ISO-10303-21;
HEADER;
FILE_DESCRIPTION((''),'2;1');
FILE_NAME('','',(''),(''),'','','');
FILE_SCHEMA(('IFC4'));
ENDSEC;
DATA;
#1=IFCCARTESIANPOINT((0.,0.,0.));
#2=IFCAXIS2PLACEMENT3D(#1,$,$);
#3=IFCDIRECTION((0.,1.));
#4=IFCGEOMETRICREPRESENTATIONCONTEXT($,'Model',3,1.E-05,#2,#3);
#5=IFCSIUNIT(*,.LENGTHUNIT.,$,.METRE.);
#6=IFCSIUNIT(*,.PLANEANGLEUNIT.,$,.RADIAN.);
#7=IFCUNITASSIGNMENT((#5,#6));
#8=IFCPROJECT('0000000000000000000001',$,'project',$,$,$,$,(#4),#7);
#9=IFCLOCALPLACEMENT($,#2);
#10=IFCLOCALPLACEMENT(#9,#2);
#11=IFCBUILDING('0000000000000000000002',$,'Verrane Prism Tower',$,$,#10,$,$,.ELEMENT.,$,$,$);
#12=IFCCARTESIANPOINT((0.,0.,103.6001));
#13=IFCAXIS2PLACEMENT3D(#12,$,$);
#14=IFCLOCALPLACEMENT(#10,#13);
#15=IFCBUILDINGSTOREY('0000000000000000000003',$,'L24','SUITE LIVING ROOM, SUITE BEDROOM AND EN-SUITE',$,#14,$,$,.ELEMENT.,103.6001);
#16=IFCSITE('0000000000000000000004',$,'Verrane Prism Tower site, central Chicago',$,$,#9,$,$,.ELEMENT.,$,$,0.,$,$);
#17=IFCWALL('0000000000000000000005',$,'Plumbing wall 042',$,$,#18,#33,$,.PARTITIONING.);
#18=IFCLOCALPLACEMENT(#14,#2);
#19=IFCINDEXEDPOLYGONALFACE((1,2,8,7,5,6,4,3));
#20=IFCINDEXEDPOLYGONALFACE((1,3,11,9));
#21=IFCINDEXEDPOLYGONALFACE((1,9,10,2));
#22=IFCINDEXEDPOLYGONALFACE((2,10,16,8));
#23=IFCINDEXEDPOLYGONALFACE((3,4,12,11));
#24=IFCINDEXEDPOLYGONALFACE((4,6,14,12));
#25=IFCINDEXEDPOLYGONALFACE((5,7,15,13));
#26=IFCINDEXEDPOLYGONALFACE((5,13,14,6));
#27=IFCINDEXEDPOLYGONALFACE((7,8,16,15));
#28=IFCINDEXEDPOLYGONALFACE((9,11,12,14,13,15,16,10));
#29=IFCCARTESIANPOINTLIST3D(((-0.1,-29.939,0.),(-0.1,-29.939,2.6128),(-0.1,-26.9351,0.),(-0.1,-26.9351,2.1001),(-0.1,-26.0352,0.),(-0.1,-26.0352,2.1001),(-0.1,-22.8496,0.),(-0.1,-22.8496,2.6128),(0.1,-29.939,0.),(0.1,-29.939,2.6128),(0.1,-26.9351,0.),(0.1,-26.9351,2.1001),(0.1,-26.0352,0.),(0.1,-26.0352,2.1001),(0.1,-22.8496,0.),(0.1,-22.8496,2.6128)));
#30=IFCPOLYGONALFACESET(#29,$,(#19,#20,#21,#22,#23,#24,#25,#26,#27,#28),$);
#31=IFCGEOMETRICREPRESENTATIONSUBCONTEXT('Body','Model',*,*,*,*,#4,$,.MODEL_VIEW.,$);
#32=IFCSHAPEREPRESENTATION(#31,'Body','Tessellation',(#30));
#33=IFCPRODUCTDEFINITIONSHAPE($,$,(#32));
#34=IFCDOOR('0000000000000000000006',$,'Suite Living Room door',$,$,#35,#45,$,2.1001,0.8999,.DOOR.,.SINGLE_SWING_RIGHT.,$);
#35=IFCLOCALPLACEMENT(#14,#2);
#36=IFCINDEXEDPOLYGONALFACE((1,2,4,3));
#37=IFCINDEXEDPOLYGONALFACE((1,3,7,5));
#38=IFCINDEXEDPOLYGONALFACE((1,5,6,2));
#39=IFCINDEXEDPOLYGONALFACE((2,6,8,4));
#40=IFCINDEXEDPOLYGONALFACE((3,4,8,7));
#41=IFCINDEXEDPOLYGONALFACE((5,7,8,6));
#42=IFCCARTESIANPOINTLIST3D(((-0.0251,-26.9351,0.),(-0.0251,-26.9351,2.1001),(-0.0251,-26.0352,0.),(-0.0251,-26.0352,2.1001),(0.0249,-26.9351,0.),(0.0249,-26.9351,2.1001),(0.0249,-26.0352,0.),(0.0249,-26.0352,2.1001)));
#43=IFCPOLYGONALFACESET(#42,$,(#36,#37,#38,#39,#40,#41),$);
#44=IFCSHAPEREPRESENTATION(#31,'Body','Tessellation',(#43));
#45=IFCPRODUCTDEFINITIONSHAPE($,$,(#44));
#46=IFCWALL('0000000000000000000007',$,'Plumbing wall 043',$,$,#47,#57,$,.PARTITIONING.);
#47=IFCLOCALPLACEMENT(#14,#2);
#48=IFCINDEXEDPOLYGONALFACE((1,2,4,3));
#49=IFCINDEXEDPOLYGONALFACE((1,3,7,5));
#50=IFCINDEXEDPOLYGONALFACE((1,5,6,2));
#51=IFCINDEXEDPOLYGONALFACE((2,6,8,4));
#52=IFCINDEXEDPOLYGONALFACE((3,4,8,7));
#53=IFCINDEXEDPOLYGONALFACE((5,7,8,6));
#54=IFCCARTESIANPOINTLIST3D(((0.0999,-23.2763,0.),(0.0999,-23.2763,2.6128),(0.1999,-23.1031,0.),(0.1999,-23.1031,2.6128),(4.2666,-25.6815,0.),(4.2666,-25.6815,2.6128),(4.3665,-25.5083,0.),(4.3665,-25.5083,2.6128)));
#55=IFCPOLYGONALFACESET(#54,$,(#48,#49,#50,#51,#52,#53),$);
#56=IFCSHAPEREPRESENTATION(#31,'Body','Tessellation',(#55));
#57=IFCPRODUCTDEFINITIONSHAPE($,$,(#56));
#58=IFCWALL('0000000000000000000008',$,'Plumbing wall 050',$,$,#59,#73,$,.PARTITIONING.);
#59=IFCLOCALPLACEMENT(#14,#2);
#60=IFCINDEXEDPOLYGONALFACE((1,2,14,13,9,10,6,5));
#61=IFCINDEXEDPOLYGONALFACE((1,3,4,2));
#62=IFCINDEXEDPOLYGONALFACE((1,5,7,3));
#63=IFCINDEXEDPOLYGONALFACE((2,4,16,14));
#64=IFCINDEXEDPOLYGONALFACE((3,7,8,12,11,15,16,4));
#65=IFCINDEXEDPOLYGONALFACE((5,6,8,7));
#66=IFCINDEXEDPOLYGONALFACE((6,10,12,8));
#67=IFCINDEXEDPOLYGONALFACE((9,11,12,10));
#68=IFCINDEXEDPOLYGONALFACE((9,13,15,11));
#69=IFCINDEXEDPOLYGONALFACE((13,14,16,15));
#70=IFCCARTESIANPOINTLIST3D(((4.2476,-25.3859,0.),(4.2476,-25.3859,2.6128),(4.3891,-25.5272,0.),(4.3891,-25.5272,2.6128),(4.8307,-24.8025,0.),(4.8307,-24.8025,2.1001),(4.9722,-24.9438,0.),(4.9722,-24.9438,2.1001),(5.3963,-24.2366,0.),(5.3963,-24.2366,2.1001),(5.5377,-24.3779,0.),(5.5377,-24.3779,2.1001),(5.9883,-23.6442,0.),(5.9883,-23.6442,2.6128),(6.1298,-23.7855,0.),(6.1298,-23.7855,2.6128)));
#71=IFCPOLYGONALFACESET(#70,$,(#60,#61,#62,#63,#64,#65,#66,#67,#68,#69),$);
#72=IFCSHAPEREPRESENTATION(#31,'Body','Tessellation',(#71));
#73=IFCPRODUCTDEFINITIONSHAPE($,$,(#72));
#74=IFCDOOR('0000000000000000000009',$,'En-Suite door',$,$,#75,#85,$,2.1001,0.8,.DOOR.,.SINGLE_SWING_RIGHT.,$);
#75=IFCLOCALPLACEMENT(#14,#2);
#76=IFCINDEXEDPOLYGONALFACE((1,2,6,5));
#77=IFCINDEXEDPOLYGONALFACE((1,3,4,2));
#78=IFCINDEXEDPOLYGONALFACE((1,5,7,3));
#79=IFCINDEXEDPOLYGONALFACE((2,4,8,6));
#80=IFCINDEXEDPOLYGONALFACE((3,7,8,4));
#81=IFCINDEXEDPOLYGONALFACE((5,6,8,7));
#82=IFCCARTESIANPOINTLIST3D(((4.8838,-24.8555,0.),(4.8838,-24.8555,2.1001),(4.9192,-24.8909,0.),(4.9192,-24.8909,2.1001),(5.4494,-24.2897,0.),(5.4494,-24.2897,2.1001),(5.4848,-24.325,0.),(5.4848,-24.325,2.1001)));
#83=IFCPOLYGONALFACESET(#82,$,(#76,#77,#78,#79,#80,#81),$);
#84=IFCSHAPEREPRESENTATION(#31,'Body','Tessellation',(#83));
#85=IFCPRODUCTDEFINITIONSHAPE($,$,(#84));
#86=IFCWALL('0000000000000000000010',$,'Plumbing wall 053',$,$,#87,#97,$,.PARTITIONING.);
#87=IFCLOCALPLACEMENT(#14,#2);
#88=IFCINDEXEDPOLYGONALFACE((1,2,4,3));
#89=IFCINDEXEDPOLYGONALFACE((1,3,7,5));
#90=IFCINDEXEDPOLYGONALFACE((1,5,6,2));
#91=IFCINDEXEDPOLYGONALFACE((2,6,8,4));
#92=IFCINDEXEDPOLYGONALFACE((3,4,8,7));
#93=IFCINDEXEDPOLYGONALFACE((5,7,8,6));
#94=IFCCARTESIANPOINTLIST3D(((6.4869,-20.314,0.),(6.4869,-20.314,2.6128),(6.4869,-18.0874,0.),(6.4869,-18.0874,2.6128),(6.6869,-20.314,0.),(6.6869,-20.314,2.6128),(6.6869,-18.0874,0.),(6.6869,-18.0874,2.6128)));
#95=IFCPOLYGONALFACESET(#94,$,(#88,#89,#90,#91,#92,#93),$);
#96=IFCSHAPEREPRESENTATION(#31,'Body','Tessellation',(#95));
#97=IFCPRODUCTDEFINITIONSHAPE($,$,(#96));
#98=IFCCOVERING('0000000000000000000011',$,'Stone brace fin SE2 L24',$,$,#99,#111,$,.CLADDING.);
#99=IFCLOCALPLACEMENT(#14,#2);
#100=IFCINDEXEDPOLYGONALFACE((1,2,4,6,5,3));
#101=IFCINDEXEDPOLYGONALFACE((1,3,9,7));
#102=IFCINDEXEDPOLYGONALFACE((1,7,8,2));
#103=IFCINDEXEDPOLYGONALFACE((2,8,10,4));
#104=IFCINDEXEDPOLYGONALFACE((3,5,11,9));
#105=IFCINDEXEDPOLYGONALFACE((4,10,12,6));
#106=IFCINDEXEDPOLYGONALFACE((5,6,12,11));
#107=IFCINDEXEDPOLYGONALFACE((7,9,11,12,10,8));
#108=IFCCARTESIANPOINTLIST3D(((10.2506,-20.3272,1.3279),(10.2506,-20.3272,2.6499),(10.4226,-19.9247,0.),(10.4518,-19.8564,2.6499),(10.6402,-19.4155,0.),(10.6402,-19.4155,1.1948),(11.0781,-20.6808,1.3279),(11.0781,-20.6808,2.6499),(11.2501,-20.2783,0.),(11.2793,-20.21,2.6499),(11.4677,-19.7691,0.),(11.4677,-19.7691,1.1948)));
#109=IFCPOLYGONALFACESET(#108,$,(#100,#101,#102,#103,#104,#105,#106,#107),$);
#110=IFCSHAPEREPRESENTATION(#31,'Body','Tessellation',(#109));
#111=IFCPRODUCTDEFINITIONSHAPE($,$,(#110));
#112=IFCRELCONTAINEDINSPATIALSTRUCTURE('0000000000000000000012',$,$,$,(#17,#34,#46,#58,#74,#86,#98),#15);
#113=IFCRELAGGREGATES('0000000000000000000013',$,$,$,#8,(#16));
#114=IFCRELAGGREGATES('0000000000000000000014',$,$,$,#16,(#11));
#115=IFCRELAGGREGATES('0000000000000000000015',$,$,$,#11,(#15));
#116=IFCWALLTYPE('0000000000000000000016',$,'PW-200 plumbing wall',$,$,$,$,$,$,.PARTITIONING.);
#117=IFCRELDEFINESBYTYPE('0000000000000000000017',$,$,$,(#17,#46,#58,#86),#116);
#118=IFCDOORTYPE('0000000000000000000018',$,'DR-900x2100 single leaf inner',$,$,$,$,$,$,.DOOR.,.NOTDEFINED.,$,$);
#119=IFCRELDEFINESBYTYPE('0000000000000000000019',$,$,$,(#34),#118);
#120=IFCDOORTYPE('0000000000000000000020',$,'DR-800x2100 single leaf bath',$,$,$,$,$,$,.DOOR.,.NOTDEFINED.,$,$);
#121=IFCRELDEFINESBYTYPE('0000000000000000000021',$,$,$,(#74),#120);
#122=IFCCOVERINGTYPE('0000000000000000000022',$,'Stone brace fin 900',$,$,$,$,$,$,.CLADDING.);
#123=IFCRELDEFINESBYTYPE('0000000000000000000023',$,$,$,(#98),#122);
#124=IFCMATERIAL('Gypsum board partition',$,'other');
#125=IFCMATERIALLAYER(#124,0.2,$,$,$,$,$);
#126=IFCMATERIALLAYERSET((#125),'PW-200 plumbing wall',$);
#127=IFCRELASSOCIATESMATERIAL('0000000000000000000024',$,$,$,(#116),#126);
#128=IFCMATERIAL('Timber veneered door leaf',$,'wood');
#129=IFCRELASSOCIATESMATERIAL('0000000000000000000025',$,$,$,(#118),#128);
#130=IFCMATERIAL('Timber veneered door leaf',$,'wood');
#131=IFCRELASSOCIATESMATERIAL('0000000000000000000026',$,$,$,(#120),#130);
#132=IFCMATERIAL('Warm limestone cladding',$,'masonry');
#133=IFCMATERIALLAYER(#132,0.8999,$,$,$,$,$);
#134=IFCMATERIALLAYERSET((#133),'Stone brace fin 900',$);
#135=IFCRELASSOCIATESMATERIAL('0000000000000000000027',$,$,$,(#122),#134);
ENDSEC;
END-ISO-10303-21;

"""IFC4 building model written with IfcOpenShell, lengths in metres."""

from ifc_helpers import new_model, si_unit, direction, frame, frame_2d, origin, place, context, subcontext, project, spatial, polyline, rectangle, outline, extrude, material, layer, layer_set, type_object, element, fill, save


model = new_model("IFC4")

# Units and contexts
model_context = context("Model", 3, precision=1e-05, world=origin(), true_north=direction((0.0, 1.0)))
body_context = subcontext(model_context, "Body", "Model", "MODEL_VIEW")
ifc_project = project(units=[si_unit("LENGTHUNIT", "METRE"), si_unit("PLANEANGLEUNIT", "RADIAN")], contexts=[model_context])

# Site, building, storey
site_placement = place(None, origin())
site = spatial("IfcSite", under=ifc_project, at=site_placement, Name="Verrane Prism Tower site, central Chicago", CompositionType="ELEMENT", RefElevation=0.0)
building_placement = place(site_placement, origin())
building = spatial("IfcBuilding", under=site, at=building_placement, Name="Verrane Prism Tower", CompositionType="ELEMENT")
storey_placement = place(building_placement, frame((0.0, 0.0, 103.6001)))
storey = spatial("IfcBuildingStorey", under=building, at=storey_placement, Name="L24", Description="SUITE LIVING ROOM, SUITE BEDROOM AND EN-SUITE", CompositionType="ELEMENT", Elevation=103.6001)

# Wall, opening, door
ifc_material_1 = material(Name="Gypsum board partition", Category="other")
ifc_layer_1 = layer(ifc_material_1, 0.2)
ifc_layer_set_1 = layer_set([ifc_layer_1], Name="PW-200 plumbing wall")
wall_type_1 = type_object("IfcWallType", Name="PW-200 plumbing wall", PredefinedType="PARTITIONING", material=ifc_layer_set_1)
wall_1_placement = place(storey_placement, frame((0.0, -22.8496, 0.0), z_axis=(0.0, 0.0, 1.0), x_axis=(0.0, -1.0, 0.0)))
wall_1 = element("IfcWall", 1, at=wall_1_placement, inside=storey, type_object=wall_type_1, Name="Plumbing wall 042", PredefinedType="PARTITIONING", context=body_context, shape_type="SweptSolid", body=[
    extrude(rectangle(XDim=7.0894, YDim=0.2, at=frame_2d((3.5447, 0.0))), origin(), (0.0, 0.0, 1.0), 2.6128),
])
opening_1_placement = place(wall_1_placement, frame((3.1855, 0.0, 0.0)))
opening_1 = element("IfcOpeningElement", 2, at=opening_1_placement, cuts=wall_1, PredefinedType="OPENING", context=body_context, shape_type="SweptSolid", body=[
    extrude(rectangle(XDim=0.8999, YDim=2.1001, at=frame_2d((0.45, 1.05))), frame((0.0, 0.1099, 0.0), z_axis=(0.0, -1.0, 0.0), x_axis=(1.0, 0.0, 0.0)), (0.0, 0.0, 1.0), 0.22),
])
ifc_material_2 = material(Name="Timber veneered door leaf", Category="wood")
door_type_1 = type_object("IfcDoorType", Name="DR-900x2100 single leaf inner", OperationType="NOTDEFINED", PredefinedType="DOOR", material=ifc_material_2)
door_1_placement = place(opening_1_placement, origin())
door_1 = element("IfcDoor", 3, at=door_1_placement, inside=storey, type_object=door_type_1, Name="Suite Living Room door", OperationType="SINGLE_SWING_RIGHT", OverallHeight=2.1001, OverallWidth=0.8999, PredefinedType="DOOR", context=body_context, shape_type="SweptSolid", body=[
    extrude(rectangle(XDim=0.8999, YDim=2.1001, at=frame_2d((0.45, 1.05))), frame((0.0, 0.0249, 0.0), z_axis=(0.0, -1.0, 0.0), x_axis=(1.0, 0.0, 0.0)), (0.0, 0.0, 1.0), 0.05),
])
fill(opening_1, door_1)

# Wall
wall_2_placement = place(storey_placement, frame((0.1499, -23.1897, 0.0), z_axis=(0.0, 0.0, 1.0), x_axis=(0.866061, -0.499938, 0.0)))
element("IfcWall", 4, at=wall_2_placement, inside=storey, type_object=wall_type_1, Name="Plumbing wall 043", PredefinedType="PARTITIONING", context=body_context, shape_type="SweptSolid", body=[
    extrude(rectangle(XDim=4.811, YDim=0.2, at=frame_2d((2.4055, 0.0))), origin(), (0.0, 0.0, 1.0), 2.6128),
])

# Wall, opening, door
wall_3_placement = place(storey_placement, frame((4.3184, -25.4565, 0.0), z_axis=(0.0, 0.0, 1.0), x_axis=(0.706908, 0.707305, 0.0)))
wall_3 = element("IfcWall", 5, at=wall_3_placement, inside=storey, type_object=wall_type_1, Name="Plumbing wall 050", PredefinedType="PARTITIONING", context=body_context, shape_type="SweptSolid", body=[
    extrude(rectangle(XDim=2.4624, YDim=0.2, at=frame_2d((1.2312, 0.0))), origin(), (0.0, 0.0, 1.0), 2.6128),
])
opening_2_placement = place(wall_3_placement, frame((0.825, 0.0, 0.0)))
opening_2 = element("IfcOpeningElement", 6, at=opening_2_placement, cuts=wall_3, PredefinedType="OPENING", context=body_context, shape_type="SweptSolid", body=[
    extrude(rectangle(XDim=0.8, YDim=2.1001, at=frame_2d((0.3999, 1.05))), frame((0.0, 0.1099, 0.0), z_axis=(0.0, -1.0, 0.0), x_axis=(1.0, 0.0, 0.0)), (0.0, 0.0, 1.0), 0.22),
])
ifc_material_3 = material(Name="Timber veneered door leaf", Category="wood")
door_type_2 = type_object("IfcDoorType", Name="DR-800x2100 single leaf bath", OperationType="NOTDEFINED", PredefinedType="DOOR", material=ifc_material_3)
door_2_placement = place(opening_2_placement, origin())
door_2 = element("IfcDoor", 7, at=door_2_placement, inside=storey, type_object=door_type_2, Name="En-Suite door", OperationType="SINGLE_SWING_RIGHT", OverallHeight=2.1001, OverallWidth=0.8, PredefinedType="DOOR", context=body_context, shape_type="SweptSolid", body=[
    extrude(rectangle(XDim=0.8, YDim=2.1001, at=frame_2d((0.3999, 1.05))), frame((0.0, 0.0249, 0.0), z_axis=(0.0, -1.0, 0.0), x_axis=(1.0, 0.0, 0.0)), (0.0, 0.0, 1.0), 0.05),
])
fill(opening_2, door_2)

# Wall
wall_4_placement = place(storey_placement, frame((6.5869, -20.314, 0.0), z_axis=(0.0, 0.0, 1.0), x_axis=(0.0, 1.0, 0.0)))
element("IfcWall", 8, at=wall_4_placement, inside=storey, type_object=wall_type_1, Name="Plumbing wall 053", PredefinedType="PARTITIONING", context=body_context, shape_type="SweptSolid", body=[
    extrude(rectangle(XDim=2.2266, YDim=0.2, at=frame_2d((1.1133, 0.0))), origin(), (0.0, 0.0, 1.0), 2.6128),
])

# Covering
ifc_material_4 = material(Name="Warm limestone cladding", Category="masonry")
ifc_layer_2 = layer(ifc_material_4, 0.8999)
ifc_layer_set_2 = layer_set([ifc_layer_2], Name="Stone brace fin 900")
covering_type = type_object("IfcCoveringType", Name="Stone brace fin 900", PredefinedType="CLADDING", material=ifc_layer_set_2)
covering_placement = place(storey_placement, frame((11.054, -19.5923, 0.0), z_axis=(0.0, 0.0, 1.0), x_axis=(-0.392939, -0.919565, 0.0)))
element("IfcCovering", 9, at=covering_placement, inside=storey, type_object=covering_type, Name="Stone brace fin SE2 L24", PredefinedType="CLADDING", context=body_context, shape_type="SweptSolid", body=[
    extrude(outline(polyline([(0.9915, 2.6499), (0.4795, 2.6499), (0.0, 1.1948), (0.0, 0.0), (0.5537, 0.0), (0.9915, 1.3279), (0.9915, 2.6499)])), frame((0.0, 0.45, 0.0), z_axis=(0.0, -1.0, 0.0), x_axis=(1.0, 0.0, 0.0)), (0.0, 0.0, 1.0), 0.8999),
])

save(model, "model.ifc")
